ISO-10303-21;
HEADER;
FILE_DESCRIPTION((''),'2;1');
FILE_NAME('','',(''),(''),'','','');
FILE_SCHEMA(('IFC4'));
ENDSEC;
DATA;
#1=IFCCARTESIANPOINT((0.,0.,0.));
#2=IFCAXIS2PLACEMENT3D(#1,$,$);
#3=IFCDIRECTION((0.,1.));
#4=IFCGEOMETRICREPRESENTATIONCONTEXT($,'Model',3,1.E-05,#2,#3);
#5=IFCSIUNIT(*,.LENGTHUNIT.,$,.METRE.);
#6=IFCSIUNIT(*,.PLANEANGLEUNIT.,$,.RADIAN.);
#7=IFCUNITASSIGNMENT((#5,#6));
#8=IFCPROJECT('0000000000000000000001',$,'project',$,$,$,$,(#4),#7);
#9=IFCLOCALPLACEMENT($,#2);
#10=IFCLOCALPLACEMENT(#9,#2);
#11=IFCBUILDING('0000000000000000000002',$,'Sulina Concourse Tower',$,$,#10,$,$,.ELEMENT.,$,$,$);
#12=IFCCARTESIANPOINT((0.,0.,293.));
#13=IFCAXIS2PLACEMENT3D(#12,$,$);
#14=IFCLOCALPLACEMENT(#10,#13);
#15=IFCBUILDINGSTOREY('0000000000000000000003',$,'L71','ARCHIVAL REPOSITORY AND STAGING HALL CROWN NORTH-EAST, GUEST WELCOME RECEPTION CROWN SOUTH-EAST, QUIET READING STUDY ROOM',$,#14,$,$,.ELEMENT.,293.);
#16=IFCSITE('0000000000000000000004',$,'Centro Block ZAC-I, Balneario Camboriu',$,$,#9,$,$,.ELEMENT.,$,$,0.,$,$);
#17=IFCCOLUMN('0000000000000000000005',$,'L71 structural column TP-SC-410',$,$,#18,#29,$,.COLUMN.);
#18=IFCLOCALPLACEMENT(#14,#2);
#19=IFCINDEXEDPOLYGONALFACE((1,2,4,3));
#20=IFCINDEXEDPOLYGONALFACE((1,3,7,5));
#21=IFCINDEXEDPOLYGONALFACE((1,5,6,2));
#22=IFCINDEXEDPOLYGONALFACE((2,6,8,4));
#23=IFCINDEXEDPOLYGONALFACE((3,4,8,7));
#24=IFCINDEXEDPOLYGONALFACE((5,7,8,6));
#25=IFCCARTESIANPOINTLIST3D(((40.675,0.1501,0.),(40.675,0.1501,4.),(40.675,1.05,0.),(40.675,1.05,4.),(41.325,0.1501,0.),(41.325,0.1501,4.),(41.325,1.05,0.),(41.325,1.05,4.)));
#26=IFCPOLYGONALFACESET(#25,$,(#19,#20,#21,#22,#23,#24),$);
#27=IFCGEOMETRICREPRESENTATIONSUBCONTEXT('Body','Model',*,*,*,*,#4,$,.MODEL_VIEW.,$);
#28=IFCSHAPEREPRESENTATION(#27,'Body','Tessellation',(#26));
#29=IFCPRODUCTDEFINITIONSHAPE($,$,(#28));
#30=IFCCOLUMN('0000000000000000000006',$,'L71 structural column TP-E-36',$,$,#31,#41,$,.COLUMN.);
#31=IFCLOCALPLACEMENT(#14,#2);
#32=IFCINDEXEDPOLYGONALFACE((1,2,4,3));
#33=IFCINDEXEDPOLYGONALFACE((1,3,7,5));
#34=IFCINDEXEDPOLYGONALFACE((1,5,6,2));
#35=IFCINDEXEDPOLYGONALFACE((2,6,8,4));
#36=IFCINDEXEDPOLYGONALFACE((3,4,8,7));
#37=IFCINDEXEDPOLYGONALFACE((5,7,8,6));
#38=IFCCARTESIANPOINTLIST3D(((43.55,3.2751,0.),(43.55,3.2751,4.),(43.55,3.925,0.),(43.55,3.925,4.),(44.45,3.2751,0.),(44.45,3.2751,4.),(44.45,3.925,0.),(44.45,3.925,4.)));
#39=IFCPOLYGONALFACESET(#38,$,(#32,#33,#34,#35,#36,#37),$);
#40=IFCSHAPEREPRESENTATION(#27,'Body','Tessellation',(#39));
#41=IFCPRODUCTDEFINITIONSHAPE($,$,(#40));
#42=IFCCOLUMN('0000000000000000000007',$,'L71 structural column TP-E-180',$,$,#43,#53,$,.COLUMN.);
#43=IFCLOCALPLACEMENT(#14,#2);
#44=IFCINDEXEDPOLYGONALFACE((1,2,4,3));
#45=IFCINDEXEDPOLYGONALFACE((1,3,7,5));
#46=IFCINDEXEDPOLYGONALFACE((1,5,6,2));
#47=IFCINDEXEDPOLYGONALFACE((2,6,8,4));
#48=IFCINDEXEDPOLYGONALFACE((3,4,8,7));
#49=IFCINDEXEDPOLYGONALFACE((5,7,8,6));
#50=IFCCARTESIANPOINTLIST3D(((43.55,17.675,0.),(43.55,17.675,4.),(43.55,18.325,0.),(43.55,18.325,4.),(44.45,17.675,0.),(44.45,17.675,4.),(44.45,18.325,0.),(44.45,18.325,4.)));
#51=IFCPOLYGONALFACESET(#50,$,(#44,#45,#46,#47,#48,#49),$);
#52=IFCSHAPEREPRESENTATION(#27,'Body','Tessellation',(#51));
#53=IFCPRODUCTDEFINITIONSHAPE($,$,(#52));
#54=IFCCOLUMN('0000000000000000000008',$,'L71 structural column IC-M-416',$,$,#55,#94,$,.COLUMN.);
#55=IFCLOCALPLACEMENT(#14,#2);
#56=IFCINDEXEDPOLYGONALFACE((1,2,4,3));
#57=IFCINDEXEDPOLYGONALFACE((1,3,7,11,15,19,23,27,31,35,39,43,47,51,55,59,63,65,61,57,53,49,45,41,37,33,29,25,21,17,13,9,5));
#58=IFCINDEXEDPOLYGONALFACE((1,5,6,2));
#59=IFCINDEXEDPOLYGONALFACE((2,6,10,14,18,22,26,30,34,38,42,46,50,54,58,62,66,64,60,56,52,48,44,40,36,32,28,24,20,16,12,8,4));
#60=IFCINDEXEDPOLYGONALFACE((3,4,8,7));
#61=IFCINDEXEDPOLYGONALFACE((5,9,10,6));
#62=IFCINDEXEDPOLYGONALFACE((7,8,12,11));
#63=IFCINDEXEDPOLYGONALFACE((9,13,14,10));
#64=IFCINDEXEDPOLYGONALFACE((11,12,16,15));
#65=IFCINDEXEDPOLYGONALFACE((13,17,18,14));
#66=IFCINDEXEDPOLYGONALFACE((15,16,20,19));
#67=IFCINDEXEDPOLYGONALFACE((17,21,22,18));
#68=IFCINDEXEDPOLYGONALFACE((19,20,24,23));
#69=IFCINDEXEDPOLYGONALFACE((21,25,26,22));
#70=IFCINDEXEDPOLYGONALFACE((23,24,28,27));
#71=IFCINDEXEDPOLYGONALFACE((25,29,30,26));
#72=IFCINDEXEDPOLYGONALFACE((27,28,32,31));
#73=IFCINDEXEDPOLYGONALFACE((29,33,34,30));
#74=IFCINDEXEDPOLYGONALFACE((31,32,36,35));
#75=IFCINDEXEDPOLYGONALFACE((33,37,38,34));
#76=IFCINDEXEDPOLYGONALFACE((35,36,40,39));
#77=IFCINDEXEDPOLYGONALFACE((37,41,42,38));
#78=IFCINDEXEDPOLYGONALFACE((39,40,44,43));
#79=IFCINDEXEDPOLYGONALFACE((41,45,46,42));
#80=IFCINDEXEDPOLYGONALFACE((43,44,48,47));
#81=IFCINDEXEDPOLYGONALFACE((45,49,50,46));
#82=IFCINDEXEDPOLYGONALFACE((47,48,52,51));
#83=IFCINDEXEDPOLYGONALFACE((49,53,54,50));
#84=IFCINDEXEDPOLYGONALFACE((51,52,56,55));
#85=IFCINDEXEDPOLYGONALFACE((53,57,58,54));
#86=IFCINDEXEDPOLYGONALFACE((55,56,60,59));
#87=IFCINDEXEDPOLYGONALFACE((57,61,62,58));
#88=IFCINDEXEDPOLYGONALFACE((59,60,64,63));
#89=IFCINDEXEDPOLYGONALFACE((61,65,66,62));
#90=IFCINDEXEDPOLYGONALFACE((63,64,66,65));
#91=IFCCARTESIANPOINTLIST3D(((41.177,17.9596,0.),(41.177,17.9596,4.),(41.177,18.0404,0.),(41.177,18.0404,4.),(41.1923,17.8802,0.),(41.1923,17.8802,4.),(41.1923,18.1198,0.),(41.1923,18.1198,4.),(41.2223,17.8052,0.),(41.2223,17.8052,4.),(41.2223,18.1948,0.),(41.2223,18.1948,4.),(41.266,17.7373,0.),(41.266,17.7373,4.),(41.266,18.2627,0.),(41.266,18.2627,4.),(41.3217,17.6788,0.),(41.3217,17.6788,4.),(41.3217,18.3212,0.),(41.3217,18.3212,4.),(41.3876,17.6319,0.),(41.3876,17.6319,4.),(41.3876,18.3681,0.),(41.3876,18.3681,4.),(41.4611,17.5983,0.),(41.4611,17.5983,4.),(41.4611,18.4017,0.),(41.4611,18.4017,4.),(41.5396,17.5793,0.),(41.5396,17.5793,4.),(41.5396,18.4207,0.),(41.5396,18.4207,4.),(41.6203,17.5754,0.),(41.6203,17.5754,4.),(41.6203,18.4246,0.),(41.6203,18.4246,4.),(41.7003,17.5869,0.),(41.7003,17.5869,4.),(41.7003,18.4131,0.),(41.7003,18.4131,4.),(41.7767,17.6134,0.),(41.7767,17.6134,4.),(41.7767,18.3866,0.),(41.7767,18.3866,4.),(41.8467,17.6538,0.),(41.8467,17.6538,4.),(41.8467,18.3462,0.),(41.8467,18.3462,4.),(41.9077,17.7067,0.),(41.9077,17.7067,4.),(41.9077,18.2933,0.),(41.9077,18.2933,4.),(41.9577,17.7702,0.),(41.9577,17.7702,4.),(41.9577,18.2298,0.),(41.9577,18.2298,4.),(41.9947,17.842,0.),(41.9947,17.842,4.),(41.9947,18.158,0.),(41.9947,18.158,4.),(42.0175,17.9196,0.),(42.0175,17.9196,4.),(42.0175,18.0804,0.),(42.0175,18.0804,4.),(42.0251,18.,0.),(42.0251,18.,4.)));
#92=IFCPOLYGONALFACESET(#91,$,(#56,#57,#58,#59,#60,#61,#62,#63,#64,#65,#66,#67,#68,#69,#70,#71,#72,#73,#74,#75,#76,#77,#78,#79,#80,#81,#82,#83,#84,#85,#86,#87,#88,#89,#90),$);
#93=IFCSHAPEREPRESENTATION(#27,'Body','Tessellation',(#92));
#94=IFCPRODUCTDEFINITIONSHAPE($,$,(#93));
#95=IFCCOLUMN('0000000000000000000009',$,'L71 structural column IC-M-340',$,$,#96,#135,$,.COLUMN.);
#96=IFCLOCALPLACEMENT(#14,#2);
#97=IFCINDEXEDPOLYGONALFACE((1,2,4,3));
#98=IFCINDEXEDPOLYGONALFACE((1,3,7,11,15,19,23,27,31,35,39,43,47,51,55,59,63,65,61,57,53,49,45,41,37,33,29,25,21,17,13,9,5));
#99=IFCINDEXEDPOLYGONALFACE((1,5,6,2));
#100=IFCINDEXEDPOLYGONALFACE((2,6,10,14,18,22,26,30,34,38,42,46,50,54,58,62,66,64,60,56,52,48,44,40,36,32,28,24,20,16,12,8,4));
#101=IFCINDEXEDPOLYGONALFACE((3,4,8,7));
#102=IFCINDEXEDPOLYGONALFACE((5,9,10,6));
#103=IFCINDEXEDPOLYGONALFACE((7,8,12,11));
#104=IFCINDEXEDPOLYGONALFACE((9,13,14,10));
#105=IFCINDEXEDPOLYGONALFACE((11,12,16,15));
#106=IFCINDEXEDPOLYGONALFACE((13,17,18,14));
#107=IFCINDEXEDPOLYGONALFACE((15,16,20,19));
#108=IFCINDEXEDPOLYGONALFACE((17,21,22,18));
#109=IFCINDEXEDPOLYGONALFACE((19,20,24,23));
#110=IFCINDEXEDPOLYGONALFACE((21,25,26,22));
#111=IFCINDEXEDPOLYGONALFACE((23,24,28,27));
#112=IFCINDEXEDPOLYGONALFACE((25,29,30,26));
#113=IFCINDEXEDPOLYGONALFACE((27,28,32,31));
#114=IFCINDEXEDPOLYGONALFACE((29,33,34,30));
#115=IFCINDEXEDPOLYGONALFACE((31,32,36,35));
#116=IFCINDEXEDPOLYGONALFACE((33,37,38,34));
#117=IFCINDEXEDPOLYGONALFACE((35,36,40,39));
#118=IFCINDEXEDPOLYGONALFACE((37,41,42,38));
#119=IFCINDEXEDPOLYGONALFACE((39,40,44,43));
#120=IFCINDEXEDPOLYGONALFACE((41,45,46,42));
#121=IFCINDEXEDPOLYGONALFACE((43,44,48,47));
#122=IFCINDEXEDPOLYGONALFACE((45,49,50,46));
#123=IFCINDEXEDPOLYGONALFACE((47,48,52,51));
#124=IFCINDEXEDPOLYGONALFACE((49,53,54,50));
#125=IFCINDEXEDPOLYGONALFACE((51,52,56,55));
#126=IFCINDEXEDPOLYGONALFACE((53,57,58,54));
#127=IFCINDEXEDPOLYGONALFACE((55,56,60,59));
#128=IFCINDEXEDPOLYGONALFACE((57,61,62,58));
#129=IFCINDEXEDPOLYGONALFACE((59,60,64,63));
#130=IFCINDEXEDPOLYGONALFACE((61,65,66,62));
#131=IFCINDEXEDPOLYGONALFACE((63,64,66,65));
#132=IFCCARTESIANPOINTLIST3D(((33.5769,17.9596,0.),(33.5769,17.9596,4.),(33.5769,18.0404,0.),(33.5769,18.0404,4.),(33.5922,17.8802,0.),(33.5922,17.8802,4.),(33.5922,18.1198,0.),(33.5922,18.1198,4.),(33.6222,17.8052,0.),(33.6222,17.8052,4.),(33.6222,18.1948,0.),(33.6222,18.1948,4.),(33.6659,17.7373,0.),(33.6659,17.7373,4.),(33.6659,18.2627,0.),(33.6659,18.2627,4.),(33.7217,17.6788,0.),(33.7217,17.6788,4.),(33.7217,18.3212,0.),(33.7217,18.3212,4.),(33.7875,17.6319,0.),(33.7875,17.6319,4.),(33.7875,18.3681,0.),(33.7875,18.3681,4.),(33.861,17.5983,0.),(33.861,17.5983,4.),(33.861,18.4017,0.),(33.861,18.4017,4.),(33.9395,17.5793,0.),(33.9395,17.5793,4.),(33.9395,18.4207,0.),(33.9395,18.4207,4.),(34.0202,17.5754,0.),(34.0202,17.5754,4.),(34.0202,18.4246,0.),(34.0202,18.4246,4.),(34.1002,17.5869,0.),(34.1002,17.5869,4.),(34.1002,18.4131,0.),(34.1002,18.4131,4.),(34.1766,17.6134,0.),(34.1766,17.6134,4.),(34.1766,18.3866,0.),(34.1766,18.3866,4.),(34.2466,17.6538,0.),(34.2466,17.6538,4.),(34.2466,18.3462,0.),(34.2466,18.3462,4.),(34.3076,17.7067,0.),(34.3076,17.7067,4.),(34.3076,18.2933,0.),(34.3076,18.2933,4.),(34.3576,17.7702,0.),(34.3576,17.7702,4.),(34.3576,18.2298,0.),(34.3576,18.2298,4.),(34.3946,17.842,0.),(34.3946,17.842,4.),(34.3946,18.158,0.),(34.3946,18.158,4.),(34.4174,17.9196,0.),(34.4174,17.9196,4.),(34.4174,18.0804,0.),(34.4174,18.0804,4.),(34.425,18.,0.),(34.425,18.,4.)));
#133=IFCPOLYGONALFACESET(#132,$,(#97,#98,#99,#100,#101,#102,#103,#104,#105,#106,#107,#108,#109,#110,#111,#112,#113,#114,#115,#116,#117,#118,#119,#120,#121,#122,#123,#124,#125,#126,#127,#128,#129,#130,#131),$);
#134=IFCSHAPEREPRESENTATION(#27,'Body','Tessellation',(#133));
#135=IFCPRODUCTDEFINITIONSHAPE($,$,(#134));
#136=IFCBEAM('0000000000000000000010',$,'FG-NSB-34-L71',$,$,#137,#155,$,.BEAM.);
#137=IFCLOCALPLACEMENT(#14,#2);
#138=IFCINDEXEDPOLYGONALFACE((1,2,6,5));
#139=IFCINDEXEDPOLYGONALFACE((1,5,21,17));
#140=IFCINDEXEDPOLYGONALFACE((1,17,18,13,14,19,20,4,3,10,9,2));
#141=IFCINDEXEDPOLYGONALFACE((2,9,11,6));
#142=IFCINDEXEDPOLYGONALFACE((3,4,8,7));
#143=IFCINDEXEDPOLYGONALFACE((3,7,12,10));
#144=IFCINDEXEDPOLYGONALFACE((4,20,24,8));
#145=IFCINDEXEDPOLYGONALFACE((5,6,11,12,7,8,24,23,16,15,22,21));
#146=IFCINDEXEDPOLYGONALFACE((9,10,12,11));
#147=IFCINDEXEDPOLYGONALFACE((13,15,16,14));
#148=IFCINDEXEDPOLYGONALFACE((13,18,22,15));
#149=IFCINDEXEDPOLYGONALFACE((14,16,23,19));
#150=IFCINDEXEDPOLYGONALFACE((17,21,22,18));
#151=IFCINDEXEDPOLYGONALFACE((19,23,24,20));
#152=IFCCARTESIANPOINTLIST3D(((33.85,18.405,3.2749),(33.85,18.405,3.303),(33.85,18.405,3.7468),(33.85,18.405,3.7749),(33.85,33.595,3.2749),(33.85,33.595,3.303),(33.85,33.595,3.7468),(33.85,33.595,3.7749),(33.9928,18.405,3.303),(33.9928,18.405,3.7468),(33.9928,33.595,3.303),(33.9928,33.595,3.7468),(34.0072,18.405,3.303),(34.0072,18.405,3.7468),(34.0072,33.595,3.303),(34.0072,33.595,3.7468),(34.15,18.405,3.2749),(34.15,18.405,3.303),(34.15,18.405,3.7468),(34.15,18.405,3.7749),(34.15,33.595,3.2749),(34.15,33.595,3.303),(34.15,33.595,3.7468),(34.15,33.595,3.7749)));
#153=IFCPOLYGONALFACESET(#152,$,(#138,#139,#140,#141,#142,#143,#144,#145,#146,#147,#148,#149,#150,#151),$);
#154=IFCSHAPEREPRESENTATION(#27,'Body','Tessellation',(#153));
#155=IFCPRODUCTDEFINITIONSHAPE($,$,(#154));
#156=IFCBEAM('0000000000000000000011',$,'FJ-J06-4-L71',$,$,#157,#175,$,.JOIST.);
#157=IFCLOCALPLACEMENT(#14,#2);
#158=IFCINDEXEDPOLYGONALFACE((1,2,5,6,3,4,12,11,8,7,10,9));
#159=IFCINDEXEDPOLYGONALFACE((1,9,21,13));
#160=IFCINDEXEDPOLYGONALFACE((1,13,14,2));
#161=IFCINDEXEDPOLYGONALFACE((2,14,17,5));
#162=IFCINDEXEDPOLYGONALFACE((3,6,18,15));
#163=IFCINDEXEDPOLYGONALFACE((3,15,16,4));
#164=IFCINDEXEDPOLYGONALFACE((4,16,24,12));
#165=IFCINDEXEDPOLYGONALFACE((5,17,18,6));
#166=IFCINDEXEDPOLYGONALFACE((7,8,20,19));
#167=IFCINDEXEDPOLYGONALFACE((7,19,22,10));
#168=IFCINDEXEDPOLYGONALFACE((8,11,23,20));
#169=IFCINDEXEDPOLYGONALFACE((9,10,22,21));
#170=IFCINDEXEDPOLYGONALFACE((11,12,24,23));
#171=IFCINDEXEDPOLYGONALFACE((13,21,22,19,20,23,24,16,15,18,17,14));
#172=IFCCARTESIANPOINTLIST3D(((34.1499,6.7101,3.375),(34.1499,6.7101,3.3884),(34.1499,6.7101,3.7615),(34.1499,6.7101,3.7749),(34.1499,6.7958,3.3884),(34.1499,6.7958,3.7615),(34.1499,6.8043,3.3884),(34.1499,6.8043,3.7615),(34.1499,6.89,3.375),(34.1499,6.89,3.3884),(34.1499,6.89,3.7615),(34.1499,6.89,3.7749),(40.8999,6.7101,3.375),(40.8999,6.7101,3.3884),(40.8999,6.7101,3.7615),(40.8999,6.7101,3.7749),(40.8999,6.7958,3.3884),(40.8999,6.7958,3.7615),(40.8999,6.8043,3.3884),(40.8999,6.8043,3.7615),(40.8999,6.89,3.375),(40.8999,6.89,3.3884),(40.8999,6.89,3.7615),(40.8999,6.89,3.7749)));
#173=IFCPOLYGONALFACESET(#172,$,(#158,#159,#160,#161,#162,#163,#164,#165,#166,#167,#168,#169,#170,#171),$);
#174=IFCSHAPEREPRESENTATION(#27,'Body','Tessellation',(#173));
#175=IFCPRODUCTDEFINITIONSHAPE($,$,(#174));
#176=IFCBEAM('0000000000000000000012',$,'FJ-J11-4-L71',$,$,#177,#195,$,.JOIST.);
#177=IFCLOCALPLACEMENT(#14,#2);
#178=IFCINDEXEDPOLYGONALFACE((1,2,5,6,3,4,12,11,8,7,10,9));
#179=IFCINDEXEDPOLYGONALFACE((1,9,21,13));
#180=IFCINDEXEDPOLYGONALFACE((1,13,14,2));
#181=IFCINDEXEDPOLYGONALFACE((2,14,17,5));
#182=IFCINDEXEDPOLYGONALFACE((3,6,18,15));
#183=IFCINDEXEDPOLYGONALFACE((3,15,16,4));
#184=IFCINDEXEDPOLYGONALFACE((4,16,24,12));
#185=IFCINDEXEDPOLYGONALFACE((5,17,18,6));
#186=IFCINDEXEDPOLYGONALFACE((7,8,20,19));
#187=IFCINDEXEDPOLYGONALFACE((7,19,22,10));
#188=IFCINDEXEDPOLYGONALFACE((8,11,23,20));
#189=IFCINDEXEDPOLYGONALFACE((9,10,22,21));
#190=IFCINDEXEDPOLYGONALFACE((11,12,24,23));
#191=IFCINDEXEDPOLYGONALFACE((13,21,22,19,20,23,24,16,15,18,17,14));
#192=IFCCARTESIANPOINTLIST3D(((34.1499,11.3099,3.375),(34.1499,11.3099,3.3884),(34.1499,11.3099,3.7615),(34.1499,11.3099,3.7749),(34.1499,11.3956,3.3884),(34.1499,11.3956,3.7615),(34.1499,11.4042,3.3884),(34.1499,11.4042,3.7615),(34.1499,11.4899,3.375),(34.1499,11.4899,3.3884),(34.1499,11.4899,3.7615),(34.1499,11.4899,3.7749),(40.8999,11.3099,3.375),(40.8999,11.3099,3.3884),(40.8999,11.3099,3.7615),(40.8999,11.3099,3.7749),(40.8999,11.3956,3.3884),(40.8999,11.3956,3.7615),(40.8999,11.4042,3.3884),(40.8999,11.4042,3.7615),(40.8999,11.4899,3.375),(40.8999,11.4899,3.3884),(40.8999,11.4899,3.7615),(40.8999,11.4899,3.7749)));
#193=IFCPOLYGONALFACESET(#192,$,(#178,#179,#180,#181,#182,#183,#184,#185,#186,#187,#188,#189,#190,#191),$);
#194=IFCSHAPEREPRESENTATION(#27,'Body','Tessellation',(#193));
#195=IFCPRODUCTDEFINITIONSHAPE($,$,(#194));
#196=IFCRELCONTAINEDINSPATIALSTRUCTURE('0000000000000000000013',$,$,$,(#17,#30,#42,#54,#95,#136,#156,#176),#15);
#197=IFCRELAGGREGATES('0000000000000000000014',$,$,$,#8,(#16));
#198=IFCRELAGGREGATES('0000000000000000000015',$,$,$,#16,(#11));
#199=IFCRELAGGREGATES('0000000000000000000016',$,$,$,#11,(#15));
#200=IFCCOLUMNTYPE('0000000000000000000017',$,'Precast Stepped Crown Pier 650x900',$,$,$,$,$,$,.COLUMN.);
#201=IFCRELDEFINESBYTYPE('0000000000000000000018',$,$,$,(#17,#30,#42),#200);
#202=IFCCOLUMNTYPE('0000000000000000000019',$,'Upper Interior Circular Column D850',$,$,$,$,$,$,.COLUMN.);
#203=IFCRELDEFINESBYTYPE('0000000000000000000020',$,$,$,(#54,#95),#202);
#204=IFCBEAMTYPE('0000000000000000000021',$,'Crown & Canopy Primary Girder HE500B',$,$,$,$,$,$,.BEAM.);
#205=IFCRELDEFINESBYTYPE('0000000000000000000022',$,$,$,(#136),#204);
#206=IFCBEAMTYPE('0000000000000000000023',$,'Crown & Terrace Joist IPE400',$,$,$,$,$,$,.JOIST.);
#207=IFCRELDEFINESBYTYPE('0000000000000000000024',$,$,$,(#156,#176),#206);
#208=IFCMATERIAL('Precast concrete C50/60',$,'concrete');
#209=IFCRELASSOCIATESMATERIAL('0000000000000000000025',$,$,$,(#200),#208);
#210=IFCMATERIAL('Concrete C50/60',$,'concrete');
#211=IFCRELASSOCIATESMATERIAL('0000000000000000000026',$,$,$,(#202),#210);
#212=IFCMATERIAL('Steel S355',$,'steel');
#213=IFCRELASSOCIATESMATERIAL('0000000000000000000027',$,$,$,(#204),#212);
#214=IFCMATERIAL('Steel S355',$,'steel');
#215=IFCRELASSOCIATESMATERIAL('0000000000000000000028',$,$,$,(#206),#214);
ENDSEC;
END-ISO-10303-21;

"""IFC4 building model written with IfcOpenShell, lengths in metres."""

from ifc_helpers import new_model, si_unit, direction, frame, origin, origin_2d, place, context, subcontext, project, spatial, rectangle, circle, i_section, extrude, material, material_profile, profile_set, type_object, element, save


model = new_model("IFC4")

# Units and contexts
model_context = context("Model", 3, precision=1e-05, world=origin(), true_north=direction((0.0, 1.0)))
body_context = subcontext(model_context, "Body", "Model", "MODEL_VIEW")
ifc_project = project(units=[si_unit("LENGTHUNIT", "METRE"), si_unit("PLANEANGLEUNIT", "RADIAN")], contexts=[model_context])

# Site, building, storey
site_placement = place(None, origin())
site = spatial("IfcSite", under=ifc_project, at=site_placement, Name="Centro Block ZAC-I, Balneario Camboriu", CompositionType="ELEMENT", RefElevation=0.0)
building_placement = place(site_placement, origin())
building = spatial("IfcBuilding", under=site, at=building_placement, Name="Sulina Concourse Tower", CompositionType="ELEMENT")
storey_placement = place(building_placement, frame((0.0, 0.0, 293.0)))
storey = spatial("IfcBuildingStorey", under=building, at=storey_placement, Name="L71", Description="ARCHIVAL REPOSITORY AND STAGING HALL CROWN NORTH-EAST, GUEST WELCOME RECEPTION CROWN SOUTH-EAST, QUIET READING STUDY ROOM", CompositionType="ELEMENT", Elevation=293.0)

# Columns
ifc_material_1 = material(Name="Precast concrete C50/60", Category="concrete")
ifc_material_profile_1 = material_profile(ifc_material_1, rectangle(XDim=0.6499, YDim=0.8999, at=origin_2d()), Name="PC 650x900")
ifc_profile_set_1 = profile_set([ifc_material_profile_1], Name="Precast concrete C50/60")
column_type_1 = type_object("IfcColumnType", Name="Precast Stepped Crown Pier 650x900", PredefinedType="COLUMN", material=ifc_profile_set_1)
for number, where, z_axis, x_axis, name in (
    (1, (41.0, 0.6001, 0.0), (0.0, 0.0, 1.0), (1.0, 0.0, 0.0), "L71 structural column TP-SC-410"),
    (2, (44.0, 3.6001, 0.0), (0.0, 0.0, 1.0), (0.0, 1.0, 0.0), "L71 structural column TP-E-36"),
    (3, (44.0, 18.0, 0.0), (0.0, 0.0, 1.0), (0.0, 1.0, 0.0), "L71 structural column TP-E-180"),
):
    element("IfcColumn", number, at=place(storey_placement, frame(where, z_axis=z_axis, x_axis=x_axis)), inside=storey, type_object=column_type_1, Name=name, PredefinedType="COLUMN", context=body_context, shape_type="SweptSolid", body=[
        extrude(rectangle(XDim=0.6499, YDim=0.8999, at=origin_2d()), origin(), (0.0, 0.0, 1.0), 4.0),
    ])
ifc_material_2 = material(Name="Concrete C50/60", Category="concrete")
ifc_material_profile_2 = material_profile(ifc_material_2, circle(Radius=0.425, at=origin_2d()), Name="RC D850")
ifc_profile_set_2 = profile_set([ifc_material_profile_2], Name="Concrete C50/60")
column_type_2 = type_object("IfcColumnType", Name="Upper Interior Circular Column D850", PredefinedType="COLUMN", material=ifc_profile_set_2)
for number, where, z_axis, x_axis, name in (
    (4, (41.6001, 18.0, 0.0), (0.0, 0.0, 1.0), (1.0, 0.0, 0.0), "L71 structural column IC-M-416"),
    (5, (34.0, 18.0, 0.0), (0.0, 0.0, 1.0), (1.0, 0.0, 0.0), "L71 structural column IC-M-340"),
):
    element("IfcColumn", number, at=place(storey_placement, frame(where, z_axis=z_axis, x_axis=x_axis)), inside=storey, type_object=column_type_2, Name=name, PredefinedType="COLUMN", context=body_context, shape_type="SweptSolid", body=[
        extrude(circle(Radius=0.425, at=origin_2d()), origin(), (0.0, 0.0, 1.0), 4.0),
    ])

# Beams
ifc_material_3 = material(Name="Steel S355", Category="steel")
ifc_material_profile_3 = material_profile(ifc_material_3, i_section(OverallWidth=0.3, OverallDepth=0.5, WebThickness=0.0144, FlangeThickness=0.0281, at=origin_2d()), Name="HE 500 B")
ifc_profile_set_3 = profile_set([ifc_material_profile_3], Name="Steel S355")
beam_type_1 = type_object("IfcBeamType", Name="Crown & Canopy Primary Girder HE500B", PredefinedType="BEAM", material=ifc_profile_set_3)
beam_1_placement = place(storey_placement, frame((34.0, 18.405, 3.5249), z_axis=(0.0, 1.0, 0.0), x_axis=(-1.0, 0.0, 0.0)))
element("IfcBeam", 6, at=beam_1_placement, inside=storey, type_object=beam_type_1, Name="FG-NSB-34-L71", PredefinedType="BEAM", context=body_context, shape_type="SweptSolid", body=[
    extrude(i_section(OverallWidth=0.3, OverallDepth=0.5, WebThickness=0.0144, FlangeThickness=0.0281, at=origin_2d()), origin(), (0.0, 0.0, 1.0), 15.1899),
])
ifc_material_4 = material(Name="Steel S355", Category="steel")
ifc_material_profile_4 = material_profile(ifc_material_4, i_section(OverallWidth=0.1799, OverallDepth=0.3999, WebThickness=0.0085, FlangeThickness=0.0134, at=origin_2d()), Name="IPE 400")
ifc_profile_set_4 = profile_set([ifc_material_profile_4], Name="Steel S355")
beam_type_2 = type_object("IfcBeamType", Name="Crown & Terrace Joist IPE400", PredefinedType="JOIST", material=ifc_profile_set_4)
for number, where, z_axis, x_axis, name in (
    (7, (34.1499, 6.8, 3.575), (1.0, 0.0, 0.0), (0.0, 1.0, 0.0), "FJ-J06-4-L71"),
    (8, (34.1499, 11.3999, 3.575), (1.0, 0.0, 0.0), (0.0, 1.0, 0.0), "FJ-J11-4-L71"),
):
    element("IfcBeam", number, at=place(storey_placement, frame(where, z_axis=z_axis, x_axis=x_axis)), inside=storey, type_object=beam_type_2, Name=name, PredefinedType="JOIST", context=body_context, shape_type="SweptSolid", body=[
        extrude(i_section(OverallWidth=0.1799, OverallDepth=0.3999, WebThickness=0.0085, FlangeThickness=0.0134, at=origin_2d()), origin(), (0.0, 0.0, 1.0), 6.75),
    ])

save(model, "model.ifc")
